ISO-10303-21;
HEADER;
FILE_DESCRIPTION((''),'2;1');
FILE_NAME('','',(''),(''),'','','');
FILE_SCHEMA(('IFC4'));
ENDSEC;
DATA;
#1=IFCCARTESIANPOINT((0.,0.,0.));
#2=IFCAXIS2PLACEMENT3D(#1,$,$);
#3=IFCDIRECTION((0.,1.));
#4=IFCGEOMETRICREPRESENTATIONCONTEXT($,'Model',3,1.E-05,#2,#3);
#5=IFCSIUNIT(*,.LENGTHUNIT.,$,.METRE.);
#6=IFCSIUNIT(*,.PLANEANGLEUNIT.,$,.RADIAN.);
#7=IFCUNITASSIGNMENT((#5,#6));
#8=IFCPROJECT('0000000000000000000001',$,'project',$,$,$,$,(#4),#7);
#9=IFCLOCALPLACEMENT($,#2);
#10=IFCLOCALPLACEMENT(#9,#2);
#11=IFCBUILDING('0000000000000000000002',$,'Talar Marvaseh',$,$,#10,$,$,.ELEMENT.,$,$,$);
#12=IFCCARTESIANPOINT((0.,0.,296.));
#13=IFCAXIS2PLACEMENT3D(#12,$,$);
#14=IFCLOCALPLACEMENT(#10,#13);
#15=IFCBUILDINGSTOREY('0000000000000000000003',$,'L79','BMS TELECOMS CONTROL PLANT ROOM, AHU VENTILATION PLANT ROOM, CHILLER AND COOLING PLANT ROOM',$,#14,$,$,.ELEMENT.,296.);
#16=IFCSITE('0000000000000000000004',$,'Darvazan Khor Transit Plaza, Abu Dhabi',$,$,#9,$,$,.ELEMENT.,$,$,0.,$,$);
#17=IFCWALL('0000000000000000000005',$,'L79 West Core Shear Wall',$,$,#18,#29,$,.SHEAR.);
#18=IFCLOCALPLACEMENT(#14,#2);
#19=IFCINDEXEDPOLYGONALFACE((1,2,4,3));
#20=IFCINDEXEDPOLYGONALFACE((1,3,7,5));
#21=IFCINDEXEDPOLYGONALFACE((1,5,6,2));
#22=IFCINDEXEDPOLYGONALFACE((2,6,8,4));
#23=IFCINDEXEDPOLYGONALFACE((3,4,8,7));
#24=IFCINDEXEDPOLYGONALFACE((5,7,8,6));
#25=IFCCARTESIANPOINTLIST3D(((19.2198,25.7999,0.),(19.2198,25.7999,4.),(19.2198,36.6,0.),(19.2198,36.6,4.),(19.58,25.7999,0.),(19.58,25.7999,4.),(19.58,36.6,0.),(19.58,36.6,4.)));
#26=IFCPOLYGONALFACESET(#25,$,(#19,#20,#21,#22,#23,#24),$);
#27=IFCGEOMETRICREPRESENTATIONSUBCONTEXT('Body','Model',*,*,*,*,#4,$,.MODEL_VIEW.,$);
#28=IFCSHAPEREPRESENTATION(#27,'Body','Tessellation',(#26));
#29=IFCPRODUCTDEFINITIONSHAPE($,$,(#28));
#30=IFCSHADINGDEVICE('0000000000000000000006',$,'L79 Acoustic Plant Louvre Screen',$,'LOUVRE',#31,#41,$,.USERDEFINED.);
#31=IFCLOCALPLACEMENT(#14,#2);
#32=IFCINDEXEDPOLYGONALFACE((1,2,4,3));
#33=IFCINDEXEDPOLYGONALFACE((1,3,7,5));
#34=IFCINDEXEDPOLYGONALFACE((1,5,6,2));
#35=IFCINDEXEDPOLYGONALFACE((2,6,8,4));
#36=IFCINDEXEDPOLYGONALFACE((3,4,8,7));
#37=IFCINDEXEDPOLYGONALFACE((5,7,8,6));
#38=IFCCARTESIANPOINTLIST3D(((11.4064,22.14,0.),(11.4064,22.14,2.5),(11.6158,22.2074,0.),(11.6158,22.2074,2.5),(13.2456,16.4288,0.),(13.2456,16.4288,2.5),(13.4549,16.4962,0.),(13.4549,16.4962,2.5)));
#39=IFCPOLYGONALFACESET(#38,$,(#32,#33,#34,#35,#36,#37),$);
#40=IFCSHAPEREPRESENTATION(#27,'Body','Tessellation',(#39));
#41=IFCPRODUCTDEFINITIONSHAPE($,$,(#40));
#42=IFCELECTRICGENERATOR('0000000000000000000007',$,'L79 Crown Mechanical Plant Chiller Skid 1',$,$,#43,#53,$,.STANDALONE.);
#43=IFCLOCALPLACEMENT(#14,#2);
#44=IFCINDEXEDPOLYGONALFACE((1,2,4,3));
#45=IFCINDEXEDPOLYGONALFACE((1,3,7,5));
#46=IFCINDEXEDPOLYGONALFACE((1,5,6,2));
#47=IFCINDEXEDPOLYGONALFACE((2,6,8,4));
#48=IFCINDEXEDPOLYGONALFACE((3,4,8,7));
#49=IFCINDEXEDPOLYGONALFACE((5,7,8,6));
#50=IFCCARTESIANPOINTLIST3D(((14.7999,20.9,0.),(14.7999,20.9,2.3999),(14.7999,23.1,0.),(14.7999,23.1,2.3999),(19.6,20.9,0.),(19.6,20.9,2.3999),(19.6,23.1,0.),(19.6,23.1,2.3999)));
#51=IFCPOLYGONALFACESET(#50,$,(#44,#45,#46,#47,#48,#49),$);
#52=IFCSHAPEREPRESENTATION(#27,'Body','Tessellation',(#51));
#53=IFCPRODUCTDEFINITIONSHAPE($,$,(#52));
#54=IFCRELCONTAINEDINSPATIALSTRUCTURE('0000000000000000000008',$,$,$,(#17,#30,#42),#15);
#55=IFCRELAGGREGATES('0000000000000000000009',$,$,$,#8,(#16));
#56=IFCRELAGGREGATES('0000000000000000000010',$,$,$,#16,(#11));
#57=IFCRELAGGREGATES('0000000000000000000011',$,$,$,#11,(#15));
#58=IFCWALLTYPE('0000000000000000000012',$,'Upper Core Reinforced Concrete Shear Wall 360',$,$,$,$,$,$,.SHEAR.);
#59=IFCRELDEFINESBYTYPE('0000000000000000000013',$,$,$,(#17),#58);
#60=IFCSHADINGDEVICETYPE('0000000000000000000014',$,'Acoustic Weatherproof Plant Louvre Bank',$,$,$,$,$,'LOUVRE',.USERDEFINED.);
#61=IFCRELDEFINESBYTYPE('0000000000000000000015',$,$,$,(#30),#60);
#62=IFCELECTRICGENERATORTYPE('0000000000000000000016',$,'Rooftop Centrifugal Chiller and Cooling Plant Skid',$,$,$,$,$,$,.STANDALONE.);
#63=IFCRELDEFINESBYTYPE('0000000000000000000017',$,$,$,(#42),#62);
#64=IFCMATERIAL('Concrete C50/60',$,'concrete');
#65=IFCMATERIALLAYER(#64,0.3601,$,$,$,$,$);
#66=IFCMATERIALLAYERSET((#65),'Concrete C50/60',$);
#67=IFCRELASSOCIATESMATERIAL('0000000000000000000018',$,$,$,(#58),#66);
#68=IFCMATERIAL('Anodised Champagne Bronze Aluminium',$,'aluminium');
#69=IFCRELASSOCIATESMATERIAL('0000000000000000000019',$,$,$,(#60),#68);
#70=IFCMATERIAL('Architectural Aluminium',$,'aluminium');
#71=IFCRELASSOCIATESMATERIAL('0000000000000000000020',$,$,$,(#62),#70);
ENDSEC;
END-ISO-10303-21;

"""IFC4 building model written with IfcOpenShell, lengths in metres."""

from ifc_helpers import new_model, si_unit, direction, frame, frame_2d, origin, origin_2d, place, context, subcontext, project, spatial, rectangle, extrude, source, transform, mapped, material, layer, layer_set, type_object, type_shapes, element, save


model = new_model("IFC4")

# Units and contexts
model_context = context("Model", 3, precision=1e-05, world=origin(), true_north=direction((0.0, 1.0)))
body_context = subcontext(model_context, "Body", "Model", "MODEL_VIEW")
ifc_project = project(units=[si_unit("LENGTHUNIT", "METRE"), si_unit("PLANEANGLEUNIT", "RADIAN")], contexts=[model_context])

# Site, building, storey
site_placement = place(None, origin())
site = spatial("IfcSite", under=ifc_project, at=site_placement, Name="Darvazan Khor Transit Plaza, Abu Dhabi", CompositionType="ELEMENT", RefElevation=0.0)
building_placement = place(site_placement, origin())
building = spatial("IfcBuilding", under=site, at=building_placement, Name="Talar Marvaseh", CompositionType="ELEMENT")
storey_placement = place(building_placement, frame((0.0, 0.0, 296.0)))
storey = spatial("IfcBuildingStorey", under=building, at=storey_placement, Name="L79", Description="BMS TELECOMS CONTROL PLANT ROOM, AHU VENTILATION PLANT ROOM, CHILLER AND COOLING PLANT ROOM", CompositionType="ELEMENT", Elevation=296.0)

# Shared definitions
ifc_material_1 = material(Name="Concrete C50/60", Category="concrete")

# Shared definitions
ifc_material_2 = material(Name="Architectural Aluminium", Category="aluminium")

# Wall
ifc_layer_1 = layer(ifc_material_1, 0.3601)
ifc_layer_set_1 = layer_set([ifc_layer_1], Name="Concrete C50/60")
wall_type_1 = type_object("IfcWallType", Name="Upper Core Reinforced Concrete Shear Wall 360", PredefinedType="SHEAR", material=ifc_layer_set_1)
wall_1_placement = place(storey_placement, frame((19.3999, 25.8, 0.0), z_axis=(0.0, 0.0, 1.0), x_axis=(0.0, 1.0, 0.0)))
element("IfcWall", 1, at=wall_1_placement, inside=storey, type_object=wall_type_1, Name="L79 West Core Shear Wall", PredefinedType="SHEAR", context=body_context, shape_type="SweptSolid", body=[
    extrude(rectangle(XDim=10.8, YDim=0.3601, at=frame_2d((5.3999, 0.0))), origin(), (0.0, 0.0, 1.0), 4.0),
])

# Shading device
ifc_material_3 = material(Name="Anodised Champagne Bronze Aluminium", Category="aluminium")
shading_device_type = type_object("IfcShadingDeviceType", Name="Acoustic Weatherproof Plant Louvre Bank", ElementType="LOUVRE", PredefinedType="USERDEFINED", material=ifc_material_3)
shared_shape_1 = source(origin(), body_context, "Body", "SweptSolid", [
    extrude(rectangle(XDim=6.0, YDim=0.22, at=origin_2d()), origin(), (0.0, 0.0, 1.0), 2.5),
])
type_shapes(shading_device_type, [shared_shape_1])
shading_device_placement = place(storey_placement, frame((12.4307, 19.3181, 0.0), z_axis=(0.0, 0.0, 1.0), x_axis=(-0.306526, 0.951862, 0.0)))
element("IfcShadingDevice", 2, at=shading_device_placement, inside=storey, type_object=shading_device_type, Name="L79 Acoustic Plant Louvre Screen", ObjectType="LOUVRE", PredefinedType="USERDEFINED", context=body_context, shape_type="MappedRepresentation", body=[
    mapped(shared_shape_1, transform((0.0, 0.0, 0.0), x_axis=(1.0, 0.0, 0.0), y_axis=(0.0, 1.0, 0.0), z_axis=(0.0, 0.0, 1.0), scale=1.0)),
])

# Electric generator
electric_generator_type = type_object("IfcElectricGeneratorType", Name="Rooftop Centrifugal Chiller and Cooling Plant Skid", PredefinedType="STANDALONE", material=ifc_material_2)
shared_shape_2 = source(origin(), body_context, "Body", "SweptSolid", [
    extrude(rectangle(XDim=4.8, YDim=2.2, at=origin_2d()), origin(), (0.0, 0.0, 1.0), 2.3999),
])
type_shapes(electric_generator_type, [shared_shape_2])
electric_generator_placement = place(storey_placement, frame((17.2, 22.0, 0.0), z_axis=(0.0, 0.0, 1.0), x_axis=(1.0, 0.0, 0.0)))
element("IfcElectricGenerator", 3, at=electric_generator_placement, inside=storey, type_object=electric_generator_type, Name="L79 Crown Mechanical Plant Chiller Skid 1", PredefinedType="STANDALONE", context=body_context, shape_type="MappedRepresentation", body=[
    mapped(shared_shape_2, transform((0.0, 0.0, 0.0), x_axis=(1.0, 0.0, 0.0), y_axis=(0.0, 1.0, 0.0), z_axis=(0.0, 0.0, 1.0), scale=1.0)),
])

save(model, "model.ifc")
